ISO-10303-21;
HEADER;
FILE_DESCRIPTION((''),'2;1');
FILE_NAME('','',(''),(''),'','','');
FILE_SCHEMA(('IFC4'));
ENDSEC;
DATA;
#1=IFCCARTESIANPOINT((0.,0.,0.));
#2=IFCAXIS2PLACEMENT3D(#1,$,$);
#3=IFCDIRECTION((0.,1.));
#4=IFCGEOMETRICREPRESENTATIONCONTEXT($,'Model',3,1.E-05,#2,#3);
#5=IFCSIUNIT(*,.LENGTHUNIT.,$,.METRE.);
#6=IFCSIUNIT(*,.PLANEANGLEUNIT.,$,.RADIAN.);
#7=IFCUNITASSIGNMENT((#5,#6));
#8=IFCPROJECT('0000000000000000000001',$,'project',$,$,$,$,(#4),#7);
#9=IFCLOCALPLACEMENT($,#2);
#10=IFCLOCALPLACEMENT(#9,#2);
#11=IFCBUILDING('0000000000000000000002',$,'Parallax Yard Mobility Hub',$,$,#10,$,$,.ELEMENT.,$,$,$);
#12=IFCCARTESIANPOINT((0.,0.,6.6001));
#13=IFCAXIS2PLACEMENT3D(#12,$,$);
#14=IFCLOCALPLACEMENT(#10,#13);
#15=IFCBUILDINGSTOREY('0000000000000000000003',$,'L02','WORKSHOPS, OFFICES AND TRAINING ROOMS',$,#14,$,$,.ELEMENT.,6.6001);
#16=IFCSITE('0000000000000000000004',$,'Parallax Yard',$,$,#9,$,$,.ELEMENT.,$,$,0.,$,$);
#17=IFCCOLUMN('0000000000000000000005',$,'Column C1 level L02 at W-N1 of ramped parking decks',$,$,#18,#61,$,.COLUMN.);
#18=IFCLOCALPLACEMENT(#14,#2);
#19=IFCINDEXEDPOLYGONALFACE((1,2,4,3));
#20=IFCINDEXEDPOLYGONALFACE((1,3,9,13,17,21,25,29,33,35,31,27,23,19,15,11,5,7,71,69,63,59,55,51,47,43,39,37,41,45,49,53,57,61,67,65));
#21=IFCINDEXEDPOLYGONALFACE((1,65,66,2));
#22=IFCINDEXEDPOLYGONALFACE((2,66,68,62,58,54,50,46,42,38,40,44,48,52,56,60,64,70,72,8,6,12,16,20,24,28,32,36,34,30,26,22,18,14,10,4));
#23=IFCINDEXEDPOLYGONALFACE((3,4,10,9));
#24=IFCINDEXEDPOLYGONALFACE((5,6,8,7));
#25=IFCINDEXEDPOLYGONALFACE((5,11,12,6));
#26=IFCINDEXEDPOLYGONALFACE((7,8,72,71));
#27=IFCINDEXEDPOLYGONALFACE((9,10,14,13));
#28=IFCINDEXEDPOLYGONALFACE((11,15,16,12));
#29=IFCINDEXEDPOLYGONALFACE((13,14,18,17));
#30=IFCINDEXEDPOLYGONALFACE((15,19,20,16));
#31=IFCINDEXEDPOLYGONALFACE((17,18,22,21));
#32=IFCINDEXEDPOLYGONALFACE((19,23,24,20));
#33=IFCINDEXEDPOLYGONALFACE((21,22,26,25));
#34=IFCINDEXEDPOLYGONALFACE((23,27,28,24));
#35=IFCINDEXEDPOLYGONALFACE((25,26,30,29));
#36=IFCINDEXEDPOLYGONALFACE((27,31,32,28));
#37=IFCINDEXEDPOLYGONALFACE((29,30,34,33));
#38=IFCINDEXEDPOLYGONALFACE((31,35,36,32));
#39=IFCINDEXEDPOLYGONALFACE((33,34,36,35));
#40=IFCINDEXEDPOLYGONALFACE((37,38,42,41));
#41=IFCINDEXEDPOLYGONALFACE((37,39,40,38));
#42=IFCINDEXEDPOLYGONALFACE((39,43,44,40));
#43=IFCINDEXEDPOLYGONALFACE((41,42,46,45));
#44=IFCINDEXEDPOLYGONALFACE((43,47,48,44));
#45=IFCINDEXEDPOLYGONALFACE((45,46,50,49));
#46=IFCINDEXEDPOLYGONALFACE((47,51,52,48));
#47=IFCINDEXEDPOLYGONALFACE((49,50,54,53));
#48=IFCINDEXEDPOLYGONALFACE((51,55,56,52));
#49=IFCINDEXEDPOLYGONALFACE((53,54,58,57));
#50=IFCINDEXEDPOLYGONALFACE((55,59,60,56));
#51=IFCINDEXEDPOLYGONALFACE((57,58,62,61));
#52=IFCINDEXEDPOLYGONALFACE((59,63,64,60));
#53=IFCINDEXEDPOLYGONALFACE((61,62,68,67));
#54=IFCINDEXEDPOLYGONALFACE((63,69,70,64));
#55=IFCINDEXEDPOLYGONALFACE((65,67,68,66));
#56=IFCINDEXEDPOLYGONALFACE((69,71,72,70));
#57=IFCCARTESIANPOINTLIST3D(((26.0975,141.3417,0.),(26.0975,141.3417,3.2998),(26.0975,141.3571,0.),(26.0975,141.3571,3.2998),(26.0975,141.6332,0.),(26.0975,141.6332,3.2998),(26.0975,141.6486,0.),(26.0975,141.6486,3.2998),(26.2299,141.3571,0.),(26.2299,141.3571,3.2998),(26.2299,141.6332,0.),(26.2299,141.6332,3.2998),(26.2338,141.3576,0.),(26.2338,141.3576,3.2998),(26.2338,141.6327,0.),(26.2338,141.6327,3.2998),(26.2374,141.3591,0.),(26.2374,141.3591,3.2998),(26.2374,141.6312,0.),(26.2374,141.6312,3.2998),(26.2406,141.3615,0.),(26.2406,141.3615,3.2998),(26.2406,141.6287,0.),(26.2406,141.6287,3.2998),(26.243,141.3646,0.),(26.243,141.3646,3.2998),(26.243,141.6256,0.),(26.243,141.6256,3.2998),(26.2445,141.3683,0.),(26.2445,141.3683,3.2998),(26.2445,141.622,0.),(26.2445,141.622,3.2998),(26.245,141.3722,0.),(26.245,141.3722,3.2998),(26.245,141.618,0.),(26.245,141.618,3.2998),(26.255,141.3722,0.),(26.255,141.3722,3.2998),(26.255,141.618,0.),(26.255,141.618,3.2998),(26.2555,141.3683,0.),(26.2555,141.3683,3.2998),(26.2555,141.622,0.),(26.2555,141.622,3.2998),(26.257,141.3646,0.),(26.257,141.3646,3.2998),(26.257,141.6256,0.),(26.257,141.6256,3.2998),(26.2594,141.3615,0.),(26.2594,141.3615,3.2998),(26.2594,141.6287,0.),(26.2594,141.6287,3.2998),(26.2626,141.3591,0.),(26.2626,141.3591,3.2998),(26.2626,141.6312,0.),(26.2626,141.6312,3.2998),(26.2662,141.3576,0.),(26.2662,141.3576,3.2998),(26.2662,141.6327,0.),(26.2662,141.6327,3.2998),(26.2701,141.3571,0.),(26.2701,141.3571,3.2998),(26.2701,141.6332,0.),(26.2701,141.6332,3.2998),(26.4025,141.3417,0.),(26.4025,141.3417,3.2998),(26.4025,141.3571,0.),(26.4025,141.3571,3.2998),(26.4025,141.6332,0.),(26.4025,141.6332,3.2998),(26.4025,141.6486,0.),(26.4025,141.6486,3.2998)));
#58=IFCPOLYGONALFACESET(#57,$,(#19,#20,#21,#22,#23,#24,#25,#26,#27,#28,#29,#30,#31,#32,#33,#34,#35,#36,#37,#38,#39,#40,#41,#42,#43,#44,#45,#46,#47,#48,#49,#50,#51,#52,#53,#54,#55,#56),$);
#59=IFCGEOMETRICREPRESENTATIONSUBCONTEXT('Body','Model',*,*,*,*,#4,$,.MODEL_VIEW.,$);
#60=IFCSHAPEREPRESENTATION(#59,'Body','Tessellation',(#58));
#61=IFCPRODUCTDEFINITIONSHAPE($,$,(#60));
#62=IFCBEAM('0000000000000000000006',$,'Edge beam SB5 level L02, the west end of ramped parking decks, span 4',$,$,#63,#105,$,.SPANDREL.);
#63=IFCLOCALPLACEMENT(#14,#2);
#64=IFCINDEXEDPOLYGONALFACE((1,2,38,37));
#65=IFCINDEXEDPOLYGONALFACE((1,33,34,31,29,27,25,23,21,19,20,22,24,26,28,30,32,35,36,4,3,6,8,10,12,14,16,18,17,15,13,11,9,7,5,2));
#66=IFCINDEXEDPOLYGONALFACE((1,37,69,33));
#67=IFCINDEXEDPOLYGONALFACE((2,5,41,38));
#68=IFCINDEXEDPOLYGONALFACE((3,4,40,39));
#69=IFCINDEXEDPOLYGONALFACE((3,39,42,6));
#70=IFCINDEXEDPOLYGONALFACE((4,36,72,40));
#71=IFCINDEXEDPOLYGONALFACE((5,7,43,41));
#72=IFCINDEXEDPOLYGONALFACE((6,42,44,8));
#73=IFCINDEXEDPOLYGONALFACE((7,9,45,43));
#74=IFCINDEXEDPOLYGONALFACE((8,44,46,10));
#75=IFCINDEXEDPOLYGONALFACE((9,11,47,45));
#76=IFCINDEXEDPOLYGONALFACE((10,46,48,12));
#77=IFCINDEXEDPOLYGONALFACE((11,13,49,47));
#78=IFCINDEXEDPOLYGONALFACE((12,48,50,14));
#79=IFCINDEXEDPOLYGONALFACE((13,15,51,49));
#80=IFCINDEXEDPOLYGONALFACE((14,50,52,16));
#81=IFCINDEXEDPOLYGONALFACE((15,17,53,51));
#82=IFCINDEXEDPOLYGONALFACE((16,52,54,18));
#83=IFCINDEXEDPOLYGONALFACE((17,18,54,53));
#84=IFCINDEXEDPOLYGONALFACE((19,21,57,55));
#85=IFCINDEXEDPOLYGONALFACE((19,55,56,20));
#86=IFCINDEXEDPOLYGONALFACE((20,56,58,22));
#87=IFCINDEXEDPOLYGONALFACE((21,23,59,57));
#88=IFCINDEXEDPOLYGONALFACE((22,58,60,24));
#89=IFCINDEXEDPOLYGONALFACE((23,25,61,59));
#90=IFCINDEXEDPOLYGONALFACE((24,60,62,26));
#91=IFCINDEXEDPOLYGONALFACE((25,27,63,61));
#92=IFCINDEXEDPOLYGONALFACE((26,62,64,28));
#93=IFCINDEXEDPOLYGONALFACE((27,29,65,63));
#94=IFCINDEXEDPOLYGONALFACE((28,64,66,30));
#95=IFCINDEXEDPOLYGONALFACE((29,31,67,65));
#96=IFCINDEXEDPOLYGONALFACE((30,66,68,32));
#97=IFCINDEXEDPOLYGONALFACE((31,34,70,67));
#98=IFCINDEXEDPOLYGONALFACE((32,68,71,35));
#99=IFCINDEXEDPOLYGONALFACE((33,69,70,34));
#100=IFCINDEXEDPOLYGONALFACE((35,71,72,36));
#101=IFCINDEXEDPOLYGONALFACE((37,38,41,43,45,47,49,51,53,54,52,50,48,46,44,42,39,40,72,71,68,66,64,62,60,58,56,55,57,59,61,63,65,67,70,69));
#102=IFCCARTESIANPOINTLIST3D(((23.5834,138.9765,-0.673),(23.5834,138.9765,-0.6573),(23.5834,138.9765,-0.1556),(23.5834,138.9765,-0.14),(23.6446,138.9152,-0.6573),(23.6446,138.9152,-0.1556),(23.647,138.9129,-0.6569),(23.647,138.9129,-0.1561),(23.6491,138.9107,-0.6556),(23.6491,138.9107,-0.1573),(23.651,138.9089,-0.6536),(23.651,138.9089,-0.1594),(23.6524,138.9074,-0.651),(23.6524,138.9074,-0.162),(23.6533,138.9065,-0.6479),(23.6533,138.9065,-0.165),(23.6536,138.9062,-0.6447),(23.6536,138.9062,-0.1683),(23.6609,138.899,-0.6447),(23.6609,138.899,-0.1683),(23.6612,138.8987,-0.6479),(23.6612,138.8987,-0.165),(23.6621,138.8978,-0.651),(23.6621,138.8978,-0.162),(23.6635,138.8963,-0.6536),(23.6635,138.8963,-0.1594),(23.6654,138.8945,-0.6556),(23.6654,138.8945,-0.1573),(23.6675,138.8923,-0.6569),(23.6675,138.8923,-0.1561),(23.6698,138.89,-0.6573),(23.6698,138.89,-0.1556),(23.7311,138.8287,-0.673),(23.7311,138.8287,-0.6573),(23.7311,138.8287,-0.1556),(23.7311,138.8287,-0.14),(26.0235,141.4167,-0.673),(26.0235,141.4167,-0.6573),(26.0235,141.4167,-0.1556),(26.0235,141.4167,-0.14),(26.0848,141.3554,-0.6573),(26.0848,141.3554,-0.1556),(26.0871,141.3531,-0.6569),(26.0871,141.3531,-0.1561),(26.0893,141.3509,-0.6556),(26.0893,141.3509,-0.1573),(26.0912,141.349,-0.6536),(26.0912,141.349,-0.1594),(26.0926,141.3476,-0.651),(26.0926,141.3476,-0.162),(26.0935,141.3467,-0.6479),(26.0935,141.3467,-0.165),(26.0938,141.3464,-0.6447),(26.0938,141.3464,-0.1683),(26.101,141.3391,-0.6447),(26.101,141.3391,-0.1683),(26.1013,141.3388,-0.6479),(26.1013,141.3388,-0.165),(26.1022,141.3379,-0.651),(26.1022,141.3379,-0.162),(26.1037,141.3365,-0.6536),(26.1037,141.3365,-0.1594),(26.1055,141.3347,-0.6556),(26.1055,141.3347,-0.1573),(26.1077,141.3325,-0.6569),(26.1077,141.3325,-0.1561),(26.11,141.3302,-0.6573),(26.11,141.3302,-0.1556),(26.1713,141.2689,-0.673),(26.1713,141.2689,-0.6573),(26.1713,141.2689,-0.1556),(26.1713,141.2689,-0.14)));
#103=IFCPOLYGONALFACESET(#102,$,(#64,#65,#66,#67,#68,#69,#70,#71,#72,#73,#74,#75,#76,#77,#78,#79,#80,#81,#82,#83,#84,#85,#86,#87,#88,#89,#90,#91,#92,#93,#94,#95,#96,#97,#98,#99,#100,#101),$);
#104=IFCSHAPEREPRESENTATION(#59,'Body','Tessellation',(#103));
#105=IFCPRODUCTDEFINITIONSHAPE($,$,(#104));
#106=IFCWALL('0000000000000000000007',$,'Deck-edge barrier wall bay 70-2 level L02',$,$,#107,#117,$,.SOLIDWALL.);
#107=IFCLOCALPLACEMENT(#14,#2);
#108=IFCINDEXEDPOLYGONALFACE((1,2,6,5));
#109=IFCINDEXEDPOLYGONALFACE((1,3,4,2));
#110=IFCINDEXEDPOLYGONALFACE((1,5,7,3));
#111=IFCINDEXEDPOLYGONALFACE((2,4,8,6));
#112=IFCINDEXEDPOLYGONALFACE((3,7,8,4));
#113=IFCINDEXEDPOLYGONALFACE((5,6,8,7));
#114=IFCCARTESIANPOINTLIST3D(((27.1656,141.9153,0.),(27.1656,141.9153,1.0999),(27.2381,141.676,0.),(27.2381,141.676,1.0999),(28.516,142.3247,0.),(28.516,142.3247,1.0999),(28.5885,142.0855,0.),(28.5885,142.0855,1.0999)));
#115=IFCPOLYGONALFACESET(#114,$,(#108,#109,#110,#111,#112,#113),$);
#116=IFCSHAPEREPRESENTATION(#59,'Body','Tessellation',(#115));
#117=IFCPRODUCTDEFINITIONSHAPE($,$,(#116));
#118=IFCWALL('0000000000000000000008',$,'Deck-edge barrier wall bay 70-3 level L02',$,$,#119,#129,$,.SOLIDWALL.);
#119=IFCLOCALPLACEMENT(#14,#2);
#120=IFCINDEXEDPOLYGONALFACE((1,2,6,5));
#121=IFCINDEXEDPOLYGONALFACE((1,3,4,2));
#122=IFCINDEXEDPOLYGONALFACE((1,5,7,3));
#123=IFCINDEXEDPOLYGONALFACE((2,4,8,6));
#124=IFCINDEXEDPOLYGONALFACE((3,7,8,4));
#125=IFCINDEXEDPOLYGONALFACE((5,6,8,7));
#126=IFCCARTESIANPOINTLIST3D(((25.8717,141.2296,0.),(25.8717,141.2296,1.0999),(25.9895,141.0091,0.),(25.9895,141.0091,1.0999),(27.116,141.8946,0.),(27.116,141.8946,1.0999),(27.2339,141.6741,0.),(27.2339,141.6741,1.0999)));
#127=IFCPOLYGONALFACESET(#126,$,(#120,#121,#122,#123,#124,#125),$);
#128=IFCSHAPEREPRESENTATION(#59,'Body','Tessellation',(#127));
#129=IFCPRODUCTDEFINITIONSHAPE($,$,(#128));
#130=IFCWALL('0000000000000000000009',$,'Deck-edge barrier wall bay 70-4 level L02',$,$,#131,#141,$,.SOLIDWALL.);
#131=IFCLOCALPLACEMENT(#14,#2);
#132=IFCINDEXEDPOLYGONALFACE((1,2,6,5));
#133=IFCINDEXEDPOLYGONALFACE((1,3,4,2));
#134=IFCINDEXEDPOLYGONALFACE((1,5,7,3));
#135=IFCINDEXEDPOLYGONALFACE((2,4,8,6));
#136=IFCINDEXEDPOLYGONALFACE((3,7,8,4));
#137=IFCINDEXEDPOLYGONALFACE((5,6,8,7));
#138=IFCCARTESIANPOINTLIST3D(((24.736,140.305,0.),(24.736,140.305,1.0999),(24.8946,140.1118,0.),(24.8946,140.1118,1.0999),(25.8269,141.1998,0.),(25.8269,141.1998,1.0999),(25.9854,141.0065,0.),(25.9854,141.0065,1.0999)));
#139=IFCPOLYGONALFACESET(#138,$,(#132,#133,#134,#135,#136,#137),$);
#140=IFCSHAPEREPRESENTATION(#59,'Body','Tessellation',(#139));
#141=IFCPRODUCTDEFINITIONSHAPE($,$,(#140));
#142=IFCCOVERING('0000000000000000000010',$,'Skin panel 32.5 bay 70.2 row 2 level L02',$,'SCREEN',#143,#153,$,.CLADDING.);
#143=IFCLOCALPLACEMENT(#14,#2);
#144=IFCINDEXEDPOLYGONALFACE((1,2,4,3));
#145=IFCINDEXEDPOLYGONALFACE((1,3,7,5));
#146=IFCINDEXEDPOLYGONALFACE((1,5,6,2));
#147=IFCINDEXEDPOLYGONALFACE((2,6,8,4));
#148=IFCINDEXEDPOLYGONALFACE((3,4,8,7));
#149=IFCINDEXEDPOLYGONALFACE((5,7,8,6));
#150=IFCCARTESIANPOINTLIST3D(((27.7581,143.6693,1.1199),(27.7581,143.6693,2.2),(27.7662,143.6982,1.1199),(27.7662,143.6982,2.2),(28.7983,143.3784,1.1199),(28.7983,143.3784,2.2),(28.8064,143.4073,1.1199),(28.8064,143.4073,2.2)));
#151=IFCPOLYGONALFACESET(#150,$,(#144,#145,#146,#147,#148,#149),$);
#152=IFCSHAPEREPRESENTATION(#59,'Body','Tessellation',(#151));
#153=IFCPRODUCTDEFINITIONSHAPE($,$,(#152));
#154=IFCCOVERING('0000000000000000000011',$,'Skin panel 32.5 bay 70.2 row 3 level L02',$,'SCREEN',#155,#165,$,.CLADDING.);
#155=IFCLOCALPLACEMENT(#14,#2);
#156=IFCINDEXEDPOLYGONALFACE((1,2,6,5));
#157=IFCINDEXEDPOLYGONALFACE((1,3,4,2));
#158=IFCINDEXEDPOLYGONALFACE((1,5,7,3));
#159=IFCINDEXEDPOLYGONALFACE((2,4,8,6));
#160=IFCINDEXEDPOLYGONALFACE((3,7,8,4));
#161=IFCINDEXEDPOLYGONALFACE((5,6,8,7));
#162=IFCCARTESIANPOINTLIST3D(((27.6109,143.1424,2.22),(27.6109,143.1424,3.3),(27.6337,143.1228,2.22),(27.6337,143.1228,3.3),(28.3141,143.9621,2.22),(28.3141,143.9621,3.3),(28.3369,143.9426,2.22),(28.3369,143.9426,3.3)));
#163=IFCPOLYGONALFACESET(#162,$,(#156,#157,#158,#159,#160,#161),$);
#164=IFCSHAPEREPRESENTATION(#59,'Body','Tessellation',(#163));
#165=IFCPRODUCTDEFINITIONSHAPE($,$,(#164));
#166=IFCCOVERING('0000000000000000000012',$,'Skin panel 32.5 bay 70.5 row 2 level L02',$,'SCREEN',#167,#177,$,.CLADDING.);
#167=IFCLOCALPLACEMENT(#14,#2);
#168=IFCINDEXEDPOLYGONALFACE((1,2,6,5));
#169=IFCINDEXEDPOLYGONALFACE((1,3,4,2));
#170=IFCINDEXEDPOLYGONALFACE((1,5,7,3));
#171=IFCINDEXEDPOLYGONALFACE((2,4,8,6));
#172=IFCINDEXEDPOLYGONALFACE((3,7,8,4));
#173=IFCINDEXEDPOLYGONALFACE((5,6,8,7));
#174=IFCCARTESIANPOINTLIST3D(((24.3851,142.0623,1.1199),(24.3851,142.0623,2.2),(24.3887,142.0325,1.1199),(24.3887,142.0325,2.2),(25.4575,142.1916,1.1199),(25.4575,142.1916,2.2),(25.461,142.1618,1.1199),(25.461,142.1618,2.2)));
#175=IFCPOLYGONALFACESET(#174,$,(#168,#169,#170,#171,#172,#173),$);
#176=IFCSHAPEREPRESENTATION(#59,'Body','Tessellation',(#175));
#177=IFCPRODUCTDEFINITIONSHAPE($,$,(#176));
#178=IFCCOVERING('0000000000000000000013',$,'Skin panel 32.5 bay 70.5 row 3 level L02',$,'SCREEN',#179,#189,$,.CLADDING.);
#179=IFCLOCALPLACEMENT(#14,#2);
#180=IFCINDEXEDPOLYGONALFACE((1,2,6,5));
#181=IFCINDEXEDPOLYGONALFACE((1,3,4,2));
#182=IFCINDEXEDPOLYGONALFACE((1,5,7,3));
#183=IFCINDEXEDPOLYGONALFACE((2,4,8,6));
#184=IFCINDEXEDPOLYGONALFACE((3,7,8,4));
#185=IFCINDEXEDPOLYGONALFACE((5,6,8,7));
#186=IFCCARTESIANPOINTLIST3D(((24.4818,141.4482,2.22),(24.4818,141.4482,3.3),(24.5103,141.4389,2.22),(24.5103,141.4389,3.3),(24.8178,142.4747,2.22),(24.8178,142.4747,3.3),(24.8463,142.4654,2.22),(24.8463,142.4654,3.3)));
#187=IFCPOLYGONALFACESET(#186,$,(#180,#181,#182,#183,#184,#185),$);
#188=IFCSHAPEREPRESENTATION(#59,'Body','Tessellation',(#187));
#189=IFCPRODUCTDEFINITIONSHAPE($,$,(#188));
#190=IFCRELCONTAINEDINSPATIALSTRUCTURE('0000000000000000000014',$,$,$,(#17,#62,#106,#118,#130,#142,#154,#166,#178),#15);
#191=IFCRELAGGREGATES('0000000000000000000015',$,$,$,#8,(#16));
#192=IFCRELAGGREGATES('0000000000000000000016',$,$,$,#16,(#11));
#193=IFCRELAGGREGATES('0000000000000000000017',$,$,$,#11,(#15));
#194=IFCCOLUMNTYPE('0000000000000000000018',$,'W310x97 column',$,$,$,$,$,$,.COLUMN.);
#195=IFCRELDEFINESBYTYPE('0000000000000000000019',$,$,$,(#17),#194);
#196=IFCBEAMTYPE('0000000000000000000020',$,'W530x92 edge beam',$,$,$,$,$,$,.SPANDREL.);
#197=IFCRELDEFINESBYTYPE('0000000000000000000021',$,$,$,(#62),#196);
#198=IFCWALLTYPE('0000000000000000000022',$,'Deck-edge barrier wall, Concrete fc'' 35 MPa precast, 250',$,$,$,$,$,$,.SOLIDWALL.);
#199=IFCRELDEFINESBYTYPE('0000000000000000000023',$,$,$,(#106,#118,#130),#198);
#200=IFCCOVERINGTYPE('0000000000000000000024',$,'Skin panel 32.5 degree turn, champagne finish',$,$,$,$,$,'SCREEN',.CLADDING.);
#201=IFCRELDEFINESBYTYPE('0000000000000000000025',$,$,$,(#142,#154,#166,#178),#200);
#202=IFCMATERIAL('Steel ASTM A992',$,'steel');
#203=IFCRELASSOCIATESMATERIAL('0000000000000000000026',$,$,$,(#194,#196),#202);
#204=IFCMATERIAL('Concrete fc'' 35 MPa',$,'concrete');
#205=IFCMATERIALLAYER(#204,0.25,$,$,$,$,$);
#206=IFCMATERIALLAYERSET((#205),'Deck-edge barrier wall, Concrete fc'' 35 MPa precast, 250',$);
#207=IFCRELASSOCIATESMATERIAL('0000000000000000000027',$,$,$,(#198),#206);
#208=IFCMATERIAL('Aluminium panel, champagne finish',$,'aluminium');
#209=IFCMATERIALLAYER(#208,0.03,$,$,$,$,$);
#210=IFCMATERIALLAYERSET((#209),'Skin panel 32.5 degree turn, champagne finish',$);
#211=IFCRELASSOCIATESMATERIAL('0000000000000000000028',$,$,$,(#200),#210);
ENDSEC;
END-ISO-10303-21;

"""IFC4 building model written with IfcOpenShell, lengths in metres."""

from ifc_helpers import new_model, si_unit, direction, frame, frame_2d, origin, origin_2d, place, context, subcontext, project, spatial, rectangle, i_section, extrude, material, layer, layer_set, material_profile, profile_set, type_object, element, save


model = new_model("IFC4")

# Units and contexts
model_context = context("Model", 3, precision=1e-05, world=origin(), true_north=direction((0.0, 1.0)))
body_context = subcontext(model_context, "Body", "Model", "MODEL_VIEW")
ifc_project = project(units=[si_unit("LENGTHUNIT", "METRE"), si_unit("PLANEANGLEUNIT", "RADIAN")], contexts=[model_context])

# Site, building, storey
site_placement = place(None, origin())
site = spatial("IfcSite", under=ifc_project, at=site_placement, Name="Parallax Yard", CompositionType="ELEMENT", RefElevation=0.0)
building_placement = place(site_placement, origin())
building = spatial("IfcBuilding", under=site, at=building_placement, Name="Parallax Yard Mobility Hub", CompositionType="ELEMENT")
storey_placement = place(building_placement, frame((0.0, 0.0, 6.6001)))
storey = spatial("IfcBuildingStorey", under=building, at=storey_placement, Name="L02", Description="WORKSHOPS, OFFICES AND TRAINING ROOMS", CompositionType="ELEMENT", Elevation=6.6001)

# Column
ifc_material_1 = material(Name="Steel ASTM A992", Category="steel")
ifc_material_profile_1 = material_profile(ifc_material_1, i_section(OverallWidth=0.3049, OverallDepth=0.3069, WebThickness=0.01, FlangeThickness=0.0154, FilletRadius=0.0151, at=origin_2d()), Name="W310x97")
ifc_profile_set_1 = profile_set([ifc_material_profile_1], Name="Steel ASTM A992")
column_type = type_object("IfcColumnType", Name="W310x97 column", PredefinedType="COLUMN", material=ifc_profile_set_1)
column_placement = place(storey_placement, frame((26.25, 141.4951, 0.0), z_axis=(0.0, 0.0, 1.0), x_axis=(1.0, 0.0, 0.0)))
element("IfcColumn", 1, at=column_placement, inside=storey, type_object=column_type, Name="Column C1 level L02 at W-N1 of ramped parking decks", PredefinedType="COLUMN", context=body_context, shape_type="SweptSolid", body=[
    extrude(i_section(OverallWidth=0.3049, OverallDepth=0.3069, WebThickness=0.01, FlangeThickness=0.0154, FilletRadius=0.0151, at=origin_2d()), origin(), (0.0, 0.0, 1.0), 3.2998),
])

# Beam
ifc_material_profile_2 = material_profile(ifc_material_1, i_section(OverallWidth=0.209, OverallDepth=0.533, WebThickness=0.0103, FlangeThickness=0.0156, FilletRadius=0.0127, at=origin_2d()), Name="W530x92")
ifc_profile_set_2 = profile_set([ifc_material_profile_2], Name="Steel ASTM A992")
beam_type = type_object("IfcBeamType", Name="W530x92 edge beam", PredefinedType="SPANDREL", material=ifc_profile_set_2)
beam_placement = place(storey_placement, frame((26.0974, 141.3428, -0.4065), z_axis=(-0.707107, -0.707107, 0.0), x_axis=(0.707107, -0.707107, 0.0)))
element("IfcBeam", 2, at=beam_placement, inside=storey, type_object=beam_type, Name="Edge beam SB5 level L02, the west end of ramped parking decks, span 4", PredefinedType="SPANDREL", context=body_context, shape_type="SweptSolid", body=[
    extrude(i_section(OverallWidth=0.209, OverallDepth=0.533, WebThickness=0.0103, FlangeThickness=0.0156, FilletRadius=0.0127, at=origin_2d()), origin(), (0.0, 0.0, 1.0), 3.4509),
])

# Walls
ifc_material_2 = material(Name="Concrete fc' 35 MPa", Category="concrete")
ifc_layer_1 = layer(ifc_material_2, 0.25)
ifc_layer_set_1 = layer_set([ifc_layer_1], Name="Deck-edge barrier wall, Concrete fc' 35 MPa precast, 250")
wall_type = type_object("IfcWallType", Name="Deck-edge barrier wall, Concrete fc' 35 MPa precast, 250", PredefinedType="SOLIDWALL", material=ifc_layer_set_1)
wall_placement = place(storey_placement, frame((28.5522, 142.2051, 0.0), z_axis=(0.0, 0.0, 1.0), x_axis=(-0.956979, -0.290156, 0.0)))
element("IfcWall", 3, at=wall_placement, inside=storey, type_object=wall_type, Name="Deck-edge barrier wall bay 70-2 level L02", PredefinedType="SOLIDWALL", context=body_context, shape_type="SweptSolid", body=[
    extrude(rectangle(XDim=1.4111, YDim=0.25, at=frame_2d((0.7056, 0.0))), origin(), (0.0, 0.0, 1.0), 1.0999),
])
for number, where, z_axis, x_axis, name in (
    (4, (27.175, 141.7844, 0.0), (0.0, 0.0, 1.0), (-0.88195, -0.471342, 0.0), "Deck-edge barrier wall bay 70-3 level L02"),
    (5, (25.9062, 141.1033, 0.0), (0.0, 0.0, 1.0), (-0.773163, -0.634208, 0.0), "Deck-edge barrier wall bay 70-4 level L02"),
):
    element("IfcWall", number, at=place(storey_placement, frame(where, z_axis=z_axis, x_axis=x_axis)), inside=storey, type_object=wall_type, Name=name, PredefinedType="SOLIDWALL", context=body_context, shape_type="SweptSolid", body=[
        extrude(rectangle(XDim=1.4109, YDim=0.25, at=frame_2d((0.7056, 0.0))), origin(), (0.0, 0.0, 1.0), 1.0999),
    ])

# Coverings
ifc_material_3 = material(Name="Aluminium panel, champagne finish", Category="aluminium")
ifc_layer_2 = layer(ifc_material_3, 0.03)
ifc_layer_set_2 = layer_set([ifc_layer_2], Name="Skin panel 32.5 degree turn, champagne finish")
covering_type_1 = type_object("IfcCoveringType", Name="Skin panel 32.5 degree turn, champagne finish", ElementType="SCREEN", PredefinedType="CLADDING", material=ifc_layer_set_2)
for number, where, z_axis, x_axis, name in (
    (6, (28.2822, 143.5383, 1.1199), (0.0, 0.0, 1.0), (-0.963045, 0.26934, 0.0), "Skin panel 32.5 bay 70.2 row 2 level L02"),
    (7, (27.9739, 143.5425, 2.22), (0.0, 0.0, 1.0), (0.651105, 0.758987, 0.0), "Skin panel 32.5 bay 70.2 row 3 level L02"),
    (8, (24.9231, 142.1121, 1.1199), (0.0, 0.0, 1.0), (-0.99281, -0.119704, 0.0), "Skin panel 32.5 bay 70.5 row 2 level L02"),
    (9, (24.6641, 141.9568, 2.22), (0.0, 0.0, 1.0), (0.311091, 0.95038, 0.0), "Skin panel 32.5 bay 70.5 row 3 level L02"),
):
    element("IfcCovering", number, at=place(storey_placement, frame(where, z_axis=z_axis, x_axis=x_axis)), inside=storey, type_object=covering_type_1, Name=name, ObjectType="SCREEN", PredefinedType="CLADDING", context=body_context, shape_type="SweptSolid", body=[
        extrude(rectangle(XDim=1.0801, YDim=0.03, at=origin_2d()), origin(), (0.0, 0.0, 1.0), 1.0801),
    ])

save(model, "model.ifc")
